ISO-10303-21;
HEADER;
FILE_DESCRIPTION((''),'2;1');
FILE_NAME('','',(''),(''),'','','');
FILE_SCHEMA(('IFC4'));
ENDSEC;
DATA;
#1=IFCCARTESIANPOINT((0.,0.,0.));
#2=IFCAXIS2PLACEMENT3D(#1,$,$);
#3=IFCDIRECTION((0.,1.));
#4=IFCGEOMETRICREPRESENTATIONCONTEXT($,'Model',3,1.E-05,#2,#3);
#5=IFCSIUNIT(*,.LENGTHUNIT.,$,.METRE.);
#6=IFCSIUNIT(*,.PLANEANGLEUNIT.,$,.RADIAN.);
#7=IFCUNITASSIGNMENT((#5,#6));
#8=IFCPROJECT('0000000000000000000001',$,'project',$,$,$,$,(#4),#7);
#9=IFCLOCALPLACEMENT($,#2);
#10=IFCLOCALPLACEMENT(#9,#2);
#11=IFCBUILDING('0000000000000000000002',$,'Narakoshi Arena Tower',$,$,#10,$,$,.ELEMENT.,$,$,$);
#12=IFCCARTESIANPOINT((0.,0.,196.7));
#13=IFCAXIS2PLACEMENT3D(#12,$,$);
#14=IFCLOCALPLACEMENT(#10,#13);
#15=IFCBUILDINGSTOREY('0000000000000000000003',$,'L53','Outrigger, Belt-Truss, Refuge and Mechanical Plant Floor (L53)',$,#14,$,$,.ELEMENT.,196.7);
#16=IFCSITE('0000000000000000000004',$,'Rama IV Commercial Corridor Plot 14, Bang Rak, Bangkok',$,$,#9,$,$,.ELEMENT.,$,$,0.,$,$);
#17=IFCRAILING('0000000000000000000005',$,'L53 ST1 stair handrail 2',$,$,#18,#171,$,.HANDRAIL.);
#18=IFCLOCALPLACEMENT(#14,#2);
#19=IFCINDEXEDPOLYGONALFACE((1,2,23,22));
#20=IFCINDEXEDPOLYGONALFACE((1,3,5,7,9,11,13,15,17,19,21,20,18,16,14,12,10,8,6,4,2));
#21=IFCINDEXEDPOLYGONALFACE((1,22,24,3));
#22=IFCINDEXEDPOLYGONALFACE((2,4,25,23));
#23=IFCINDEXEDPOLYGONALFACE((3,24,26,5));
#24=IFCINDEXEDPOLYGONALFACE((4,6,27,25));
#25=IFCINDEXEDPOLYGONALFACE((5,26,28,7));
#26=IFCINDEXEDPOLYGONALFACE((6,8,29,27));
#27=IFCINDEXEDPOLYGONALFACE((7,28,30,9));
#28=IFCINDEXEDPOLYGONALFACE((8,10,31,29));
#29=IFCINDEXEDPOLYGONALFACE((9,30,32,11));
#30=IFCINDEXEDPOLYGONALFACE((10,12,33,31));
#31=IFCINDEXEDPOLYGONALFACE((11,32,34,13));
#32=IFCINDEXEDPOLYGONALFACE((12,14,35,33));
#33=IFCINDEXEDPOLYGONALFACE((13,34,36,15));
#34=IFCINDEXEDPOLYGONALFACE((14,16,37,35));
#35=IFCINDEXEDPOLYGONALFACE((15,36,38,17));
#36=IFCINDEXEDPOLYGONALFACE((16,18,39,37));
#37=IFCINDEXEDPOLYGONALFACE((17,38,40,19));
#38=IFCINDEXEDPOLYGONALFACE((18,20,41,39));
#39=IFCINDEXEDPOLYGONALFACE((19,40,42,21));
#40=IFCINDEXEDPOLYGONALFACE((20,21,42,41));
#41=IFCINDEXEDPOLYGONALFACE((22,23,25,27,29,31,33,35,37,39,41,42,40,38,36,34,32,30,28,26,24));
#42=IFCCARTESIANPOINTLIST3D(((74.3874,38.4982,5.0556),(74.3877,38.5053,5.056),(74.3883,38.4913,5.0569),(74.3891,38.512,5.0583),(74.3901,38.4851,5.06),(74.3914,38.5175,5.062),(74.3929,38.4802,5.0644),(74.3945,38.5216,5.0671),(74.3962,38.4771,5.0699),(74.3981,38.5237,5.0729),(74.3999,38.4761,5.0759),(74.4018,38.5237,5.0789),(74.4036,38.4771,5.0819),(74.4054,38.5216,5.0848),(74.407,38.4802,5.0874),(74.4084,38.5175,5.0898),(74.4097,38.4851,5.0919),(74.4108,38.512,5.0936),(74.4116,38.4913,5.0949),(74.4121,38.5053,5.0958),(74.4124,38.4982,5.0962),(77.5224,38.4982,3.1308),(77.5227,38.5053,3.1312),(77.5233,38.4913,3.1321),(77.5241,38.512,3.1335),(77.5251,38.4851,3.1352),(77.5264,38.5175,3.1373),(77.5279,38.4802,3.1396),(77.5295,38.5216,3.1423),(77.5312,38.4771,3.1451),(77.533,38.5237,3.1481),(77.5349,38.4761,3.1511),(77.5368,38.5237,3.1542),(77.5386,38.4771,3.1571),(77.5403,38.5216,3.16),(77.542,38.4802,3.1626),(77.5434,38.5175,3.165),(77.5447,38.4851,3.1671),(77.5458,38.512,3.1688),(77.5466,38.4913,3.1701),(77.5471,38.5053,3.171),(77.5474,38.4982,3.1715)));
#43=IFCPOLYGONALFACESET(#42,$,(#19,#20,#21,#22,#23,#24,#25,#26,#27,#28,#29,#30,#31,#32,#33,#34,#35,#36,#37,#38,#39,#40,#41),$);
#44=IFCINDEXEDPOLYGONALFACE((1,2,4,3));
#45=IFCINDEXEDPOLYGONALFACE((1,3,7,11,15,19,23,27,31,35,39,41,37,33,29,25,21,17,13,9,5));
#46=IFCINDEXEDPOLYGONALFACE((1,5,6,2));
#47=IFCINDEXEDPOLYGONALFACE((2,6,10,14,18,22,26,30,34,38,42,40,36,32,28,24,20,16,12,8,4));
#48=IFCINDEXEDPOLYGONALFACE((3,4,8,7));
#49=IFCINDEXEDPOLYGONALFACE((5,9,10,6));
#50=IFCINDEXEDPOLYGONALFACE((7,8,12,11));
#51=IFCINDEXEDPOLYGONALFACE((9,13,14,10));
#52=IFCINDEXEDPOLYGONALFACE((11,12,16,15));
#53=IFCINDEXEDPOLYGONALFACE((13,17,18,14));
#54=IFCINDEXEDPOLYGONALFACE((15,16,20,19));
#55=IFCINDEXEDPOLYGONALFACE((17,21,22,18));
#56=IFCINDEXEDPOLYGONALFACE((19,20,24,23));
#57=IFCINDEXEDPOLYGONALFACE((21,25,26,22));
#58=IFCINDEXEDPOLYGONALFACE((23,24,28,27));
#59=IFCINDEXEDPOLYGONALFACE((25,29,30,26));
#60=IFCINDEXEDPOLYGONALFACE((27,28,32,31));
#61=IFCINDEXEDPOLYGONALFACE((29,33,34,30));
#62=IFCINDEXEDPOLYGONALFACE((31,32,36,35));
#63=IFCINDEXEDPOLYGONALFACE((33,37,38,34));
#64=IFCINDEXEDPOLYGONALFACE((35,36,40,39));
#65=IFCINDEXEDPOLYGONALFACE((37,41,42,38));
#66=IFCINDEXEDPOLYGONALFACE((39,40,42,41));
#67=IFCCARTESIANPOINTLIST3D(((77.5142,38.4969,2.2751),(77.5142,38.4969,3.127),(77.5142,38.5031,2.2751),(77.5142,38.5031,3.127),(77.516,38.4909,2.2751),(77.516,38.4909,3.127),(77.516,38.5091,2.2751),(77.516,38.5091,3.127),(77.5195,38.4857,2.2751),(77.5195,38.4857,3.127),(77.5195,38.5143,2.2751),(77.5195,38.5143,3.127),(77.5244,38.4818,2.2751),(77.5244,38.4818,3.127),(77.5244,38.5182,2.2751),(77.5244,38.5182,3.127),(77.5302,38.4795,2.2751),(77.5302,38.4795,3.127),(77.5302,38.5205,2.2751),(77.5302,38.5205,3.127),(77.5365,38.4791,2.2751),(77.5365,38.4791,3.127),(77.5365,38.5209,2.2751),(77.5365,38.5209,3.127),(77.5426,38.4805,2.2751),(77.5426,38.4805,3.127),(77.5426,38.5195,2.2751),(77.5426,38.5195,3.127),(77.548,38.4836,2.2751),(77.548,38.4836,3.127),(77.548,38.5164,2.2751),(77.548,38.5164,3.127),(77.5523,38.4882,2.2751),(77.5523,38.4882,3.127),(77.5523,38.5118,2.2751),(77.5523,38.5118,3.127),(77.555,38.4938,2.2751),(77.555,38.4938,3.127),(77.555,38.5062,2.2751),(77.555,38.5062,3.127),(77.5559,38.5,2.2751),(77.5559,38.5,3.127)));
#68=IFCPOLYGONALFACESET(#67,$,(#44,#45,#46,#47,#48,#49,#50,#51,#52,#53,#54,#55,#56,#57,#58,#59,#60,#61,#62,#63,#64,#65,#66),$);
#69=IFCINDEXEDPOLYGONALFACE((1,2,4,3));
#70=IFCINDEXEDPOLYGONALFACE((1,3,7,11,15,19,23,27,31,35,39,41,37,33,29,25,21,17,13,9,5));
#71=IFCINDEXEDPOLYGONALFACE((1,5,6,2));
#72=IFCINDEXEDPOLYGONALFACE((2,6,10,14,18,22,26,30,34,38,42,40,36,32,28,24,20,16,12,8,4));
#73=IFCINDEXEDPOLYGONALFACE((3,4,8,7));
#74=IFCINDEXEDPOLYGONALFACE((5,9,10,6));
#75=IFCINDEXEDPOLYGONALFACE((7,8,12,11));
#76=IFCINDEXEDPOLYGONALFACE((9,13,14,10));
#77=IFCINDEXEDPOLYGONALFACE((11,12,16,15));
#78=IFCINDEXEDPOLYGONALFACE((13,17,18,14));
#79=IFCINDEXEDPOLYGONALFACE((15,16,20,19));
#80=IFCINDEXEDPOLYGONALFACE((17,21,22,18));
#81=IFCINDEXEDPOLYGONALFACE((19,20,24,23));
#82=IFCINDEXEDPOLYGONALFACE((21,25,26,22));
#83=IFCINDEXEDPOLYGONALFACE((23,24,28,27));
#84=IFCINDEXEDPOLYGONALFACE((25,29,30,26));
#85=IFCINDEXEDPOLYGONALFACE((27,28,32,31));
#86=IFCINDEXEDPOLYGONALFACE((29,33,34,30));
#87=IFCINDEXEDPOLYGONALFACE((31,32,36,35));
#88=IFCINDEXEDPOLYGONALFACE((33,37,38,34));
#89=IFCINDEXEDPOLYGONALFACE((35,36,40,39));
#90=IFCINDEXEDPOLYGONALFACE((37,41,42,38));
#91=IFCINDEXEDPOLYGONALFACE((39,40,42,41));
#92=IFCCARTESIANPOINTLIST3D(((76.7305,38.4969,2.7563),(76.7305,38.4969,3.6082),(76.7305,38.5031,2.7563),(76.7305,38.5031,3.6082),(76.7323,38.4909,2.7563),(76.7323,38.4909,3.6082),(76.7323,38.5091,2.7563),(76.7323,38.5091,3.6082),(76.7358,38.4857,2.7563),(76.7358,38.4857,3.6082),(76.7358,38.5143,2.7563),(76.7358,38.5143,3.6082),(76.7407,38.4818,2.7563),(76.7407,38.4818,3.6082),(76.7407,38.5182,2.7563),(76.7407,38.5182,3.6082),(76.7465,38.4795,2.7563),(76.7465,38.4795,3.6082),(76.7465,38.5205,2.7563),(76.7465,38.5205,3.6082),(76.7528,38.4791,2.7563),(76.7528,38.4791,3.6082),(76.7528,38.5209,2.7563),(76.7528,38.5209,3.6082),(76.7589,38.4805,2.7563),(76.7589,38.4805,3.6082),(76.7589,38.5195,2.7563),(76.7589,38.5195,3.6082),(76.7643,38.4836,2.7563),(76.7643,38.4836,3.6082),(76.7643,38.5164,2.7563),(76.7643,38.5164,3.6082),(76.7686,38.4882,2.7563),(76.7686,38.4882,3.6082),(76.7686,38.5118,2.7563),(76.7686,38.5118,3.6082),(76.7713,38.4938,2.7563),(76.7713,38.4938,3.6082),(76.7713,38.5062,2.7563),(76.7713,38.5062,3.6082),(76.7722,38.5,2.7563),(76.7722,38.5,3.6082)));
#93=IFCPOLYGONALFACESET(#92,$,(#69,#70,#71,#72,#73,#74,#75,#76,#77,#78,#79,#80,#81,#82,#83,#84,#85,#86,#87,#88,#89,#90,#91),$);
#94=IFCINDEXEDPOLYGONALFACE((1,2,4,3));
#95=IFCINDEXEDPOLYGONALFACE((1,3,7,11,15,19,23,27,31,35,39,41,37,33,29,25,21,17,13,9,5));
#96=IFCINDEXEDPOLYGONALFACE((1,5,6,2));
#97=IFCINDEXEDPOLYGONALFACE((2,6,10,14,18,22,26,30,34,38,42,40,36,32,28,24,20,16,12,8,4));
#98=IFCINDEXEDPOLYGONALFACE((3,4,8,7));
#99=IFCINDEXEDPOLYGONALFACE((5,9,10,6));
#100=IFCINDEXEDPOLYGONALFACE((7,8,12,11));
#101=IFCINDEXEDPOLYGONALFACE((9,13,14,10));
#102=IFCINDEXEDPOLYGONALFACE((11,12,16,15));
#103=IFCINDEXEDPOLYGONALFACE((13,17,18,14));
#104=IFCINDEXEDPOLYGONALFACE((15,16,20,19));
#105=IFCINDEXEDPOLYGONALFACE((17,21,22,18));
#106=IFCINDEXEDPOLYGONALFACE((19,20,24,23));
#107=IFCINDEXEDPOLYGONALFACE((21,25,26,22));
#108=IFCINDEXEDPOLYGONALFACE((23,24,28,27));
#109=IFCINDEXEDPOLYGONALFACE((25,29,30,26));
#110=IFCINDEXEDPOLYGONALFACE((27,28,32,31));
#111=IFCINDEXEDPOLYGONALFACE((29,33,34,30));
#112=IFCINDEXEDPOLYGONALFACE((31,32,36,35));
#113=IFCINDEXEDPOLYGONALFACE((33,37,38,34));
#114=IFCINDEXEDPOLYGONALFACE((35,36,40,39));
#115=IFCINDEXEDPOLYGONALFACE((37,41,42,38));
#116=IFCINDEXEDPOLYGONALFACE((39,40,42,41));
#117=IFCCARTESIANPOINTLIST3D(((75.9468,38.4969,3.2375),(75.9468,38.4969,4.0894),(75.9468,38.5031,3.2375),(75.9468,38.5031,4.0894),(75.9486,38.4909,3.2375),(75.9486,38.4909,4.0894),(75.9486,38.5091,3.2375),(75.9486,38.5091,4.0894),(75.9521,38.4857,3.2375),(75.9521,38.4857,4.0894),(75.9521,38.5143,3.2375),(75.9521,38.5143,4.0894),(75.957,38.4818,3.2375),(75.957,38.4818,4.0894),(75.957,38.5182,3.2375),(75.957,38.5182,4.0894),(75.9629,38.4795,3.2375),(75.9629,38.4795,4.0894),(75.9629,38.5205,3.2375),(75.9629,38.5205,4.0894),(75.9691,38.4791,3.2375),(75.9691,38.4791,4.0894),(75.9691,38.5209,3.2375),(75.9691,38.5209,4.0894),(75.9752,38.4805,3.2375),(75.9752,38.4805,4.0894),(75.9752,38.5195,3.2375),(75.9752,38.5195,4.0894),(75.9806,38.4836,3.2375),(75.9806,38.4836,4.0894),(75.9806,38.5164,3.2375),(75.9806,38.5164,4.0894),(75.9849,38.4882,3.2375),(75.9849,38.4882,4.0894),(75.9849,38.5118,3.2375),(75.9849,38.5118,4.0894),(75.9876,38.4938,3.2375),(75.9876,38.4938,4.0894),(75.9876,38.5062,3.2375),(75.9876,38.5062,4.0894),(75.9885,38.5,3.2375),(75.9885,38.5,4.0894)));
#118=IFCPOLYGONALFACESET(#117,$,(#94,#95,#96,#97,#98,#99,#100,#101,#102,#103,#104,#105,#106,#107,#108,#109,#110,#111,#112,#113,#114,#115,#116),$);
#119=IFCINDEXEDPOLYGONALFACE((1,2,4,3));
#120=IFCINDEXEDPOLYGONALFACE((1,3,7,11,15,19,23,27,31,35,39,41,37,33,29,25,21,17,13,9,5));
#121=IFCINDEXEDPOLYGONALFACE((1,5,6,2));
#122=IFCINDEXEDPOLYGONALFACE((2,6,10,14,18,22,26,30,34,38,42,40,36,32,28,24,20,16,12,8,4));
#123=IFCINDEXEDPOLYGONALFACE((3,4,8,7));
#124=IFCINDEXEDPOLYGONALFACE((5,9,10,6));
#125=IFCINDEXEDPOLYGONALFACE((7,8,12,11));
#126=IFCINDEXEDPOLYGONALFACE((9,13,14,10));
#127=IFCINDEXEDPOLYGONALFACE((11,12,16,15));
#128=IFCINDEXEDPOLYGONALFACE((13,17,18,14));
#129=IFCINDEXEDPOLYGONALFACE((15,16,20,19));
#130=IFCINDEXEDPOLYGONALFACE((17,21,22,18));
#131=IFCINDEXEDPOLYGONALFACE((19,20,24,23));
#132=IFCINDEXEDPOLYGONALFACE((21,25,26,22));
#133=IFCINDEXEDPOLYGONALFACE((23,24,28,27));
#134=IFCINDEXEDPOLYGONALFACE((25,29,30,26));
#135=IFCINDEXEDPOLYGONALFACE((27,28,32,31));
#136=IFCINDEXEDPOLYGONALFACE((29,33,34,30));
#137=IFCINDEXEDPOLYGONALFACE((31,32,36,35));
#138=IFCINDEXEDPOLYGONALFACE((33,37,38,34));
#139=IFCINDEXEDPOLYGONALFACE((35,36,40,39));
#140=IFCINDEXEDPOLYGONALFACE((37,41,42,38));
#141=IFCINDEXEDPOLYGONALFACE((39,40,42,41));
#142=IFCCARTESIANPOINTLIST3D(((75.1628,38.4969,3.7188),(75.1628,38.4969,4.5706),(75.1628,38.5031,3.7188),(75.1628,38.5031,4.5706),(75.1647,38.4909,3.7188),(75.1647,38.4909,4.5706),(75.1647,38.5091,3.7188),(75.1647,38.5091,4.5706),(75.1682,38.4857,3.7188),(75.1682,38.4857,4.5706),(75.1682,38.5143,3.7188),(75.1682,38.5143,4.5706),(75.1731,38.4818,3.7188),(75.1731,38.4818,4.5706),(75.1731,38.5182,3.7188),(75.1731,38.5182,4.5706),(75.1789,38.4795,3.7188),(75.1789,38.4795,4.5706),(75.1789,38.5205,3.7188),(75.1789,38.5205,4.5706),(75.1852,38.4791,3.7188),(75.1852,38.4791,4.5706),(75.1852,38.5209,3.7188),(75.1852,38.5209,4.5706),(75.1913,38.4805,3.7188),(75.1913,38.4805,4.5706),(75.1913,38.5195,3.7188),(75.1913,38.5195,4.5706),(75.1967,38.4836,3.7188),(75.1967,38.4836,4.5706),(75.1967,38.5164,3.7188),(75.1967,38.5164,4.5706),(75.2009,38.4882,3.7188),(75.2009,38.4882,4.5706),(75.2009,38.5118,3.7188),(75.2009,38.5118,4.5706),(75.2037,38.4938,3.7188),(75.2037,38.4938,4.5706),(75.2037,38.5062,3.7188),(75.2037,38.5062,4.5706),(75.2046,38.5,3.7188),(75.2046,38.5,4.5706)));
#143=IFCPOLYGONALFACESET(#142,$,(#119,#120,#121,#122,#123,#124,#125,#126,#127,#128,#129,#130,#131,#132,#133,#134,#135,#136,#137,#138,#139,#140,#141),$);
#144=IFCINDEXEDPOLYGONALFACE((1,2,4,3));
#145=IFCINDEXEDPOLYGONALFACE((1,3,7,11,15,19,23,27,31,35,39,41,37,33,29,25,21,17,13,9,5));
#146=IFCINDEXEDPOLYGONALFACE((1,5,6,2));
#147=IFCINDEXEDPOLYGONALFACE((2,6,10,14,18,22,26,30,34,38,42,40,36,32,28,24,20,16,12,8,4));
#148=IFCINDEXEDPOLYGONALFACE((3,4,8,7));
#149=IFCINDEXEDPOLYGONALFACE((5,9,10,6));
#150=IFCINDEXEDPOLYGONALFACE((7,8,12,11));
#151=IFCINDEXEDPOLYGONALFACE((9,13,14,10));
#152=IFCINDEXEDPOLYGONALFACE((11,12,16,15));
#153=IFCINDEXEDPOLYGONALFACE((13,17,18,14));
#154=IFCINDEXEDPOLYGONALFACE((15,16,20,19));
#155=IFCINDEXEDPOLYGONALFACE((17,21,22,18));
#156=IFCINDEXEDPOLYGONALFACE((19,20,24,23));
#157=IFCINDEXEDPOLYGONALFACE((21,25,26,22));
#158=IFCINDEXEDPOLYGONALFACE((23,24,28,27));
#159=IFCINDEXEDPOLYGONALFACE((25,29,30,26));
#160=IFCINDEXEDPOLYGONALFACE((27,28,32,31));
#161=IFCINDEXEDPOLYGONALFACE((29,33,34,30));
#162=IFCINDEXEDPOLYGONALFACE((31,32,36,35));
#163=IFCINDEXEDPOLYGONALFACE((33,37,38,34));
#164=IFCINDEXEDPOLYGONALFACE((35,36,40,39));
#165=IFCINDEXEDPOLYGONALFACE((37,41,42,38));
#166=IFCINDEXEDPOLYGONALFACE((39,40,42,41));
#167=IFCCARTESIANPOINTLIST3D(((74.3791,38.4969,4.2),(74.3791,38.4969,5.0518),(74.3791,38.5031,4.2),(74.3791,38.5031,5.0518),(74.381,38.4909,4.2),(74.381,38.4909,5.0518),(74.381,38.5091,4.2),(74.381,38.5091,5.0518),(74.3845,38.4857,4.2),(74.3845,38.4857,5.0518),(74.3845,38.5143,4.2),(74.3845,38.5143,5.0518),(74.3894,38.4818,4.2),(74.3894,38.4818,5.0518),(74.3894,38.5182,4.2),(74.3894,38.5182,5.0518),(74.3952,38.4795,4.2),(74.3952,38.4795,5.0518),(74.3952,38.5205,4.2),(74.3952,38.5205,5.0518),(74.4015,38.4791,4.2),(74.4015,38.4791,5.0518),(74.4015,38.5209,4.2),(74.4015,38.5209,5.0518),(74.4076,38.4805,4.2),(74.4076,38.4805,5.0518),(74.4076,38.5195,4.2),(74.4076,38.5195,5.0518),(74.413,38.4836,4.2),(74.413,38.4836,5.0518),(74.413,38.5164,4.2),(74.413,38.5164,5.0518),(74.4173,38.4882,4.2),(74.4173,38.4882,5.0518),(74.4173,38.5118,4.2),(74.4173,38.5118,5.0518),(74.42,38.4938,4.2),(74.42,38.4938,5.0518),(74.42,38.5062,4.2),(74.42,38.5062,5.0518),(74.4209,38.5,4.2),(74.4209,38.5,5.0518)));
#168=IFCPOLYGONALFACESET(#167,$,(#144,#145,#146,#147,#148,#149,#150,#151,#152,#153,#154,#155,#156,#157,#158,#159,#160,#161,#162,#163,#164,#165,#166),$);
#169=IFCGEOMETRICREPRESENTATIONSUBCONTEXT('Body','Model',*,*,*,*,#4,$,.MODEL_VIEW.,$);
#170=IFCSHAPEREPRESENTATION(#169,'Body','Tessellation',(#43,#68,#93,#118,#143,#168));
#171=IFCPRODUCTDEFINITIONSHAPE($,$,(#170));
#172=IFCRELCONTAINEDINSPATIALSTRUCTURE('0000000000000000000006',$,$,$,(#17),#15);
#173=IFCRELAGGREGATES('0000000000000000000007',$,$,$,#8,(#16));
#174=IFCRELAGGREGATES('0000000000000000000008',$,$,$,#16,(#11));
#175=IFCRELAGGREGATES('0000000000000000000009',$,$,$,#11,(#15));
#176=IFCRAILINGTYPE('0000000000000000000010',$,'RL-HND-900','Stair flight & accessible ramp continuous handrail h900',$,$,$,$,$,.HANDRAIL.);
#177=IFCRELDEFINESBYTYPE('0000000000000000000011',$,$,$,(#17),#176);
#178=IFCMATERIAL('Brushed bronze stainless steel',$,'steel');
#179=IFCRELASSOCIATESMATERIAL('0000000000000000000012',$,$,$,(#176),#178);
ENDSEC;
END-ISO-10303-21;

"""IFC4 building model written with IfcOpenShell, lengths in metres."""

from ifc_helpers import new_model, si_unit, direction, frame, origin, origin_2d, place, context, subcontext, project, spatial, circle, extrude, material, type_object, element, save


model = new_model("IFC4")

# Units and contexts
model_context = context("Model", 3, precision=1e-05, world=origin(), true_north=direction((0.0, 1.0)))
body_context = subcontext(model_context, "Body", "Model", "MODEL_VIEW")
ifc_project = project(units=[si_unit("LENGTHUNIT", "METRE"), si_unit("PLANEANGLEUNIT", "RADIAN")], contexts=[model_context])

# Site, building, storey
site_placement = place(None, origin())
site = spatial("IfcSite", under=ifc_project, at=site_placement, Name="Rama IV Commercial Corridor Plot 14, Bang Rak, Bangkok", CompositionType="ELEMENT", RefElevation=0.0)
building_placement = place(site_placement, origin())
building = spatial("IfcBuilding", under=site, at=building_placement, Name="Narakoshi Arena Tower", CompositionType="ELEMENT")
storey_placement = place(building_placement, frame((0.0, 0.0, 196.7)))
storey = spatial("IfcBuildingStorey", under=building, at=storey_placement, Name="L53", Description="Outrigger, Belt-Truss, Refuge and Mechanical Plant Floor (L53)", CompositionType="ELEMENT", Elevation=196.7)

# Railing
ifc_material_1 = material(Name="Brushed bronze stainless steel", Category="steel")
railing_type_1 = type_object("IfcRailingType", Name="RL-HND-900", Description="Stair flight & accessible ramp continuous handrail h900", PredefinedType="HANDRAIL", material=ifc_material_1)
railing_1_placement = place(storey_placement, frame((77.5349, 38.5, 2.2751)))
element("IfcRailing", 1, at=railing_1_placement, inside=storey, type_object=railing_type_1, Name="L53 ST1 stair handrail 2", PredefinedType="HANDRAIL", context=body_context, shape_type="SweptSolid", body=[
    extrude(circle(Radius=0.0239, at=origin_2d()), frame((0.0, 0.0, 0.876), z_axis=(-0.852196, 0.0, 0.523223), x_axis=(0.0, -1.0, 0.0)), (0.0, 0.0, 1.0), 3.6787),
    extrude(circle(Radius=0.021, at=origin_2d()), origin(), (0.0, 0.0, 1.0), 0.8518),
    extrude(circle(Radius=0.021, at=origin_2d()), frame((-0.7837, 0.0, 0.4812)), (0.0, 0.0, 1.0), 0.8518),
    extrude(circle(Radius=0.021, at=origin_2d()), frame((-1.5674, 0.0, 0.9624)), (0.0, 0.0, 1.0), 0.8518),
    extrude(circle(Radius=0.021, at=origin_2d()), frame((-2.3513, 0.0, 1.4436)), (0.0, 0.0, 1.0), 0.8518),
    extrude(circle(Radius=0.021, at=origin_2d()), frame((-3.135, 0.0, 1.9248)), (0.0, 0.0, 1.0), 0.8518),
])

save(model, "model.ifc")
